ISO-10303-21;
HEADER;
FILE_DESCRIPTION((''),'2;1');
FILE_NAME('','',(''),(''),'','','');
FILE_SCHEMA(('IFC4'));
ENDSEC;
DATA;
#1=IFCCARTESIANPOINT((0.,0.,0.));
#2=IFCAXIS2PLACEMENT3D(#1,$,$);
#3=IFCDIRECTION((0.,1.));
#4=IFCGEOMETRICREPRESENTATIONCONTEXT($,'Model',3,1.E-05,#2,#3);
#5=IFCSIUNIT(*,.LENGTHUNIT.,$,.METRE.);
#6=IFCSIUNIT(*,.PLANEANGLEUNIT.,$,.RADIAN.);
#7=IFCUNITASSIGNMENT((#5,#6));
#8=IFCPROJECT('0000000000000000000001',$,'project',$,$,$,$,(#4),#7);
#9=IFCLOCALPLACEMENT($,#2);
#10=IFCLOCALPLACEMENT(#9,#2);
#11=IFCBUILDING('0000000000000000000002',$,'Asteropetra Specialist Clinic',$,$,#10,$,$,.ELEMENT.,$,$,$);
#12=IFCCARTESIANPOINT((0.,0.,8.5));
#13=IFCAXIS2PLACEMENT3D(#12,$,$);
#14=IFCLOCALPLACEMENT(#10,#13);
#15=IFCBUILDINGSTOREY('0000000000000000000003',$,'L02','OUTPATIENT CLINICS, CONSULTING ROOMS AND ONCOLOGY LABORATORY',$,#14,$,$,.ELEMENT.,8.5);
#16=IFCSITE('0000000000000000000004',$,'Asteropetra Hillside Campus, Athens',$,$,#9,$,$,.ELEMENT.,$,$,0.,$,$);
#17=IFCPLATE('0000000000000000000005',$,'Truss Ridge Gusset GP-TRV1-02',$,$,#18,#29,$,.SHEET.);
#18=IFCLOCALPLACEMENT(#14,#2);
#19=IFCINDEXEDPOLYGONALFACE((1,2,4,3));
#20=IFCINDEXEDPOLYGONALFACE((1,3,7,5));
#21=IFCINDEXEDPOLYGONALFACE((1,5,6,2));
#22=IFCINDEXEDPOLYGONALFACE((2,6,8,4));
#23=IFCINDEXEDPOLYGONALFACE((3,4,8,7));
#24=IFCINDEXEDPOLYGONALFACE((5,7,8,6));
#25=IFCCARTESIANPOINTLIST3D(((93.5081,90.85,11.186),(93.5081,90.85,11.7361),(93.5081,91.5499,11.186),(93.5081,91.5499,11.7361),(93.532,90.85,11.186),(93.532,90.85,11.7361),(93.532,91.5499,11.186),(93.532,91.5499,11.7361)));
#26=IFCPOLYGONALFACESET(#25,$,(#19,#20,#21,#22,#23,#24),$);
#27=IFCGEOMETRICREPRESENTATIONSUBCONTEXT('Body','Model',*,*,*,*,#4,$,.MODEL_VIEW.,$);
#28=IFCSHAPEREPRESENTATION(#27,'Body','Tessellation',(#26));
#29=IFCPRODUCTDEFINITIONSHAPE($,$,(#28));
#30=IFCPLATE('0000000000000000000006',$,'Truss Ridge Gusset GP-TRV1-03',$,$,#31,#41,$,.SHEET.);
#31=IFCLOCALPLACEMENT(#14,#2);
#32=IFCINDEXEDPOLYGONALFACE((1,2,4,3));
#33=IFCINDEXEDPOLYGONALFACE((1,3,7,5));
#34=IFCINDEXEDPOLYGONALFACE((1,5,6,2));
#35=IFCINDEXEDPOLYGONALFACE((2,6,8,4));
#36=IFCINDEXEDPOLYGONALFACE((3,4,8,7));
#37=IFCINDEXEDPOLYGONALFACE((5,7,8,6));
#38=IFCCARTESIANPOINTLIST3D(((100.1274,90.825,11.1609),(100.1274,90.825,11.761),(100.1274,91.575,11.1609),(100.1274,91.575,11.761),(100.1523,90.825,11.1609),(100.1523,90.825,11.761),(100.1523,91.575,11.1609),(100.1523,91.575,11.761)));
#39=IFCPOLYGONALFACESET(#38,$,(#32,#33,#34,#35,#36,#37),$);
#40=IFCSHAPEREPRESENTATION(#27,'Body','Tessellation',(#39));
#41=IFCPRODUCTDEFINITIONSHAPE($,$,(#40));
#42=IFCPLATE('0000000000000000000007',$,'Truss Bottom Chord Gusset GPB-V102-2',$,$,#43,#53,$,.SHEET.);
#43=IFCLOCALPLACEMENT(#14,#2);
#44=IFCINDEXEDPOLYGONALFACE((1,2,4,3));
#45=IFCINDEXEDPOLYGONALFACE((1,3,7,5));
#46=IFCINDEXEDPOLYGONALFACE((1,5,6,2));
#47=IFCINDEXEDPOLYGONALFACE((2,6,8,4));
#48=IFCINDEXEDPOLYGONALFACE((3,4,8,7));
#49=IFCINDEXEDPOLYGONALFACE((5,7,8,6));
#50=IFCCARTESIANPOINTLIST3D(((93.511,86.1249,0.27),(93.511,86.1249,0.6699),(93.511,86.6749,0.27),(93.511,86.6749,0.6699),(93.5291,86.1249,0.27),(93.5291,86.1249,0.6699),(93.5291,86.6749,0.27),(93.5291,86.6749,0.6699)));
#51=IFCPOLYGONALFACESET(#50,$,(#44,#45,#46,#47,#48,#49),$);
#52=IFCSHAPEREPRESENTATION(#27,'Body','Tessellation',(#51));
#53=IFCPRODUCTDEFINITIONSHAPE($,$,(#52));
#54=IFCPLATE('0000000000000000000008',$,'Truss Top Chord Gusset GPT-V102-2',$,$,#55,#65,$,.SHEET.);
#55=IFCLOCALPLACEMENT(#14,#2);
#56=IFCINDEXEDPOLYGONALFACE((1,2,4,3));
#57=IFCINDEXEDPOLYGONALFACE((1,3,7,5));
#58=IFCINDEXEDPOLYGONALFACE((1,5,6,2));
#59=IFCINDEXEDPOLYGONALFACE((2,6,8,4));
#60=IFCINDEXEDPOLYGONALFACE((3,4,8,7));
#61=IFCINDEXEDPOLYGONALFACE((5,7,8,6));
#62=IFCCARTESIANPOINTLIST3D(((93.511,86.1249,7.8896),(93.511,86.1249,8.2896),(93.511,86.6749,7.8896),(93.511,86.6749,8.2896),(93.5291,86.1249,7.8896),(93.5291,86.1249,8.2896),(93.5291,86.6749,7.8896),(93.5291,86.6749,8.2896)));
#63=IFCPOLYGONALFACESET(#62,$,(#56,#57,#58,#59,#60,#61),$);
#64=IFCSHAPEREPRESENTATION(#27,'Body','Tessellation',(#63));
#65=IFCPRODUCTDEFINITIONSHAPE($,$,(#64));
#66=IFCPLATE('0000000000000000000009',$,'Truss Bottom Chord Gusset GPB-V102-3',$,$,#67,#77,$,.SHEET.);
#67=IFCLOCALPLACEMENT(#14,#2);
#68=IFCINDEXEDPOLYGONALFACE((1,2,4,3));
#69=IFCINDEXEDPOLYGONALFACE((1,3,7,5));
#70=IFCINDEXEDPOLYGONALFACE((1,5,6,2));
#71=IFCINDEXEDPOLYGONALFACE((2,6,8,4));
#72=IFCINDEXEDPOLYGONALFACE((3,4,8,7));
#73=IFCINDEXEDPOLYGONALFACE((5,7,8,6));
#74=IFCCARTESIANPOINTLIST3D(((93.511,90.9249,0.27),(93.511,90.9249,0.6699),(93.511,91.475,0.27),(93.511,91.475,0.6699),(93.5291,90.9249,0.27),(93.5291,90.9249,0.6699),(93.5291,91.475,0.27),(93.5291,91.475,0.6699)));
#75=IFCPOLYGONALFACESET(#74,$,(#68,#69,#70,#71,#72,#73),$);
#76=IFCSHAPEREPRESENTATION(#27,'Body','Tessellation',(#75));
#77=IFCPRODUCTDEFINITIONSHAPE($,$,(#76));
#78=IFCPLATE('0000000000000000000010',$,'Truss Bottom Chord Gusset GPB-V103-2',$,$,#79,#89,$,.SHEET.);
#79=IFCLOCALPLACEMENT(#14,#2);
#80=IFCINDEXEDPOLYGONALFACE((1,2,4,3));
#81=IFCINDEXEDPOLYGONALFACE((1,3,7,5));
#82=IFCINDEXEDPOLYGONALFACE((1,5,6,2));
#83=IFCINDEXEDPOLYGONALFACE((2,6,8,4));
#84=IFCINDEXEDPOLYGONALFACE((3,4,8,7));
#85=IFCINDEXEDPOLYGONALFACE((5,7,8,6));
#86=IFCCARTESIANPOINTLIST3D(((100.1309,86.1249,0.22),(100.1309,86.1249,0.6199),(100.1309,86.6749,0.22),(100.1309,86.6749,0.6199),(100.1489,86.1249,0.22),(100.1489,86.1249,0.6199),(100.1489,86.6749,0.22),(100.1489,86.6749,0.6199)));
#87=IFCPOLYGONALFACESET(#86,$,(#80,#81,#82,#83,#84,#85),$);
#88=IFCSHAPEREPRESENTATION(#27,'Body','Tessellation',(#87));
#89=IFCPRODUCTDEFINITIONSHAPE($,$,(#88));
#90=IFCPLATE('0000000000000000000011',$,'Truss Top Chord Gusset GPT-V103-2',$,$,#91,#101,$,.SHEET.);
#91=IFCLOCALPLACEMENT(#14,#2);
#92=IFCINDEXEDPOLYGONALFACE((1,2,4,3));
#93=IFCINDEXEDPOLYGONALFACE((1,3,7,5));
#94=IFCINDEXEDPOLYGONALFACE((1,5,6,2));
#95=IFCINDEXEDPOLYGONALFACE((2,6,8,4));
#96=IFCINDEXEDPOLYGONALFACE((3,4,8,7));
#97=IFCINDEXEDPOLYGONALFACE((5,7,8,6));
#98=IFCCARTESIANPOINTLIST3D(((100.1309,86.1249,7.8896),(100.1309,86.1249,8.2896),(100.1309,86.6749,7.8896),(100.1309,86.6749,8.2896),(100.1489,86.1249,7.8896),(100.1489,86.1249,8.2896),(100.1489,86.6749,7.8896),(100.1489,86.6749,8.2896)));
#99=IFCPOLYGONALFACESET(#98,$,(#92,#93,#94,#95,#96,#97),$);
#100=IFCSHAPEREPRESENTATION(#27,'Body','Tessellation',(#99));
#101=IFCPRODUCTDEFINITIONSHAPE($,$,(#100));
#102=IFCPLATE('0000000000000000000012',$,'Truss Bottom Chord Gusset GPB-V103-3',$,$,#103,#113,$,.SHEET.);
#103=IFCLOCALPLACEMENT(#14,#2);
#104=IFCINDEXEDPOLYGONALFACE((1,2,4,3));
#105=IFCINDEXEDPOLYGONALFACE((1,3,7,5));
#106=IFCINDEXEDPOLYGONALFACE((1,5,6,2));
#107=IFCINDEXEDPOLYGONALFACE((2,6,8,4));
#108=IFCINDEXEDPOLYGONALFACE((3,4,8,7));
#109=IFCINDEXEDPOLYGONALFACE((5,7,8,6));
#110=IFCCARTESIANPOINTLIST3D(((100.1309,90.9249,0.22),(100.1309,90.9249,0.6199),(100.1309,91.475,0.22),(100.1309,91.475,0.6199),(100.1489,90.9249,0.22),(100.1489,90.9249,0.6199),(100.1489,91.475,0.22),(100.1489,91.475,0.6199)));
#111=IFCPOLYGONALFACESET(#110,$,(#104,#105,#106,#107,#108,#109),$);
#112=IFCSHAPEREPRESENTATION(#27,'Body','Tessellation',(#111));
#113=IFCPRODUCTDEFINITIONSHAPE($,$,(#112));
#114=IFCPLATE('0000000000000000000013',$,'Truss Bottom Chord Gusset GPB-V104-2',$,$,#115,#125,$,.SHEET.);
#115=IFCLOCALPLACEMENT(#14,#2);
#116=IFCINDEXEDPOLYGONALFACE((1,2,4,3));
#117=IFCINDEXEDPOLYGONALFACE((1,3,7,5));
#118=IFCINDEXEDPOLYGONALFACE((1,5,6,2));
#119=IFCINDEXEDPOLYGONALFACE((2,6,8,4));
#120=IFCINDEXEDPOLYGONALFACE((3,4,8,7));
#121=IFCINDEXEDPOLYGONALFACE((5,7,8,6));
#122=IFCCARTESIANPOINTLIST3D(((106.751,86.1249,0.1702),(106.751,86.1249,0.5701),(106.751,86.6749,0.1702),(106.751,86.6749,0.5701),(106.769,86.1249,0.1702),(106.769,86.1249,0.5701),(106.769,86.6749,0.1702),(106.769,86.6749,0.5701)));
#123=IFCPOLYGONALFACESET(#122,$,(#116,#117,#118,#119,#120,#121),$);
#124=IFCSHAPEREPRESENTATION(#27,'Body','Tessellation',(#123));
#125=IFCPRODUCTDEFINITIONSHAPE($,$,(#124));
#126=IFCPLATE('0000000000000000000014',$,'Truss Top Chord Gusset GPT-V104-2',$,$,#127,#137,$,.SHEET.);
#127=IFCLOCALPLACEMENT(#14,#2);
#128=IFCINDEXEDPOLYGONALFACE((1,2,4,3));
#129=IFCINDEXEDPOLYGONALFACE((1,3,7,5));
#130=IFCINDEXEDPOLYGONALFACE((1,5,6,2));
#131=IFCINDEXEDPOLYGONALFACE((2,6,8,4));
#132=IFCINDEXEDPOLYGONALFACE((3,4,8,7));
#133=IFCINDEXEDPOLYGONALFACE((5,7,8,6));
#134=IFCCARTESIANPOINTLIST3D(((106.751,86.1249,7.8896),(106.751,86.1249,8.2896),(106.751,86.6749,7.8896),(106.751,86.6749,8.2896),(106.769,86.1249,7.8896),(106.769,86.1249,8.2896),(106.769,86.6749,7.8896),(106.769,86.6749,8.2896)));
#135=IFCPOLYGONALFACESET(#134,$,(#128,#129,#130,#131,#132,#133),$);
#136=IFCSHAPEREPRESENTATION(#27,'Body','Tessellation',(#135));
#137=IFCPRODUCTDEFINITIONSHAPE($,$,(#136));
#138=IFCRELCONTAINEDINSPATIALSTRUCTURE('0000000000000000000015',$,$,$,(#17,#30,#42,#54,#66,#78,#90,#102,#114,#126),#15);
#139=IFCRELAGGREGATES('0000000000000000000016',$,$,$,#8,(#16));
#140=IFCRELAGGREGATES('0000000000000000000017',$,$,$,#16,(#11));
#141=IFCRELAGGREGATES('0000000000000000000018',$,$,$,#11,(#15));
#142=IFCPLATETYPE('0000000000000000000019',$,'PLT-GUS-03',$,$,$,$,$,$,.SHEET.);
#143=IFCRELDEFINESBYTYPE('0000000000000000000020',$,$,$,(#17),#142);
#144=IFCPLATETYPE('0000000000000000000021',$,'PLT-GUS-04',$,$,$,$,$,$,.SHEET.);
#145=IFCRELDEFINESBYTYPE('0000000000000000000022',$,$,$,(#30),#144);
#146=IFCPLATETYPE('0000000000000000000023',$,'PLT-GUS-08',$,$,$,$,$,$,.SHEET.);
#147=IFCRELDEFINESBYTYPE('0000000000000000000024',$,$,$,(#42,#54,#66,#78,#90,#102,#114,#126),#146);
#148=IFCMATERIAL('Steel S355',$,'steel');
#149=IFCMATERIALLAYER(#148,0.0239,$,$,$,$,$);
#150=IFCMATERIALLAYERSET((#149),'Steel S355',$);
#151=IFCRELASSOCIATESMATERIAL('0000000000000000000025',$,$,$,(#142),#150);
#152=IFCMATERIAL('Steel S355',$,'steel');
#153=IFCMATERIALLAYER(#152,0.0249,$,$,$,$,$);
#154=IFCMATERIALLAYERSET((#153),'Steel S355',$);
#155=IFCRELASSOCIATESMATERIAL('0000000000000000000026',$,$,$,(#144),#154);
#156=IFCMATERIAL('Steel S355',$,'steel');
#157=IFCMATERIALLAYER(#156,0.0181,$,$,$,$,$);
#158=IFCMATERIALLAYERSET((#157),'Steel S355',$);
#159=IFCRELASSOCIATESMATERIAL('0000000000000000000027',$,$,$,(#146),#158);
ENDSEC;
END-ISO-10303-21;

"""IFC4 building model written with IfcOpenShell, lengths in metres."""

from ifc_helpers import new_model, si_unit, direction, frame, origin, origin_2d, place, context, subcontext, project, spatial, rectangle, extrude, material, layer, layer_set, type_object, element, save


model = new_model("IFC4")

# Units and contexts
model_context = context("Model", 3, precision=1e-05, world=origin(), true_north=direction((0.0, 1.0)))
body_context = subcontext(model_context, "Body", "Model", "MODEL_VIEW")
ifc_project = project(units=[si_unit("LENGTHUNIT", "METRE"), si_unit("PLANEANGLEUNIT", "RADIAN")], contexts=[model_context])

# Site, building, storey
site_placement = place(None, origin())
site = spatial("IfcSite", under=ifc_project, at=site_placement, Name="Asteropetra Hillside Campus, Athens", CompositionType="ELEMENT", RefElevation=0.0)
building_placement = place(site_placement, origin())
building = spatial("IfcBuilding", under=site, at=building_placement, Name="Asteropetra Specialist Clinic", CompositionType="ELEMENT")
storey_placement = place(building_placement, frame((0.0, 0.0, 8.5)))
storey = spatial("IfcBuildingStorey", under=building, at=storey_placement, Name="L02", Description="OUTPATIENT CLINICS, CONSULTING ROOMS AND ONCOLOGY LABORATORY", CompositionType="ELEMENT", Elevation=8.5)

# Plates
ifc_material_1 = material(Name="Steel S355", Category="steel")
ifc_layer_1 = layer(ifc_material_1, 0.0239)
ifc_layer_set_1 = layer_set([ifc_layer_1], Name="Steel S355")
plate_type_1 = type_object("IfcPlateType", Name="PLT-GUS-03", PredefinedType="SHEET", material=ifc_layer_set_1)
plate_1_placement = place(storey_placement, frame((93.52, 91.2, 11.186), z_axis=(0.0, 0.0, 1.0), x_axis=(1.0, 0.0, 0.0)))
element("IfcPlate", 1, at=plate_1_placement, inside=storey, type_object=plate_type_1, Name="Truss Ridge Gusset GP-TRV1-02", PredefinedType="SHEET", context=body_context, shape_type="SweptSolid", body=[
    extrude(rectangle(XDim=0.0239, YDim=0.7, at=origin_2d()), origin(), (0.0, 0.0, 1.0), 0.55),
])
ifc_material_2 = material(Name="Steel S355", Category="steel")
ifc_layer_2 = layer(ifc_material_2, 0.0249)
ifc_layer_set_2 = layer_set([ifc_layer_2], Name="Steel S355")
plate_type_2 = type_object("IfcPlateType", Name="PLT-GUS-04", PredefinedType="SHEET", material=ifc_layer_set_2)
plate_2_placement = place(storey_placement, frame((100.1399, 91.2, 11.1609), z_axis=(0.0, 0.0, 1.0), x_axis=(1.0, 0.0, 0.0)))
element("IfcPlate", 2, at=plate_2_placement, inside=storey, type_object=plate_type_2, Name="Truss Ridge Gusset GP-TRV1-03", PredefinedType="SHEET", context=body_context, shape_type="SweptSolid", body=[
    extrude(rectangle(XDim=0.0249, YDim=0.75, at=origin_2d()), origin(), (0.0, 0.0, 1.0), 0.6001),
])
ifc_material_3 = material(Name="Steel S355", Category="steel")
ifc_layer_3 = layer(ifc_material_3, 0.0181)
ifc_layer_set_3 = layer_set([ifc_layer_3], Name="Steel S355")
plate_type_3 = type_object("IfcPlateType", Name="PLT-GUS-08", PredefinedType="SHEET", material=ifc_layer_set_3)
for number, where, z_axis, x_axis, name in (
    (3, (93.52, 86.3999, 0.27), (0.0, 0.0, 1.0), (1.0, 0.0, 0.0), "Truss Bottom Chord Gusset GPB-V102-2"),
    (4, (93.52, 86.3999, 7.8896), (0.0, 0.0, 1.0), (1.0, 0.0, 0.0), "Truss Top Chord Gusset GPT-V102-2"),
    (5, (93.52, 91.2, 0.27), (0.0, 0.0, 1.0), (1.0, 0.0, 0.0), "Truss Bottom Chord Gusset GPB-V102-3"),
    (6, (100.1399, 86.3999, 0.22), (0.0, 0.0, 1.0), (1.0, 0.0, 0.0), "Truss Bottom Chord Gusset GPB-V103-2"),
    (7, (100.1399, 86.3999, 7.8896), (0.0, 0.0, 1.0), (1.0, 0.0, 0.0), "Truss Top Chord Gusset GPT-V103-2"),
    (8, (100.1399, 91.2, 0.22), (0.0, 0.0, 1.0), (1.0, 0.0, 0.0), "Truss Bottom Chord Gusset GPB-V103-3"),
    (9, (106.76, 86.3999, 0.1702), (0.0, 0.0, 1.0), (1.0, 0.0, 0.0), "Truss Bottom Chord Gusset GPB-V104-2"),
    (10, (106.76, 86.3999, 7.8896), (0.0, 0.0, 1.0), (1.0, 0.0, 0.0), "Truss Top Chord Gusset GPT-V104-2"),
):
    element("IfcPlate", number, at=place(storey_placement, frame(where, z_axis=z_axis, x_axis=x_axis)), inside=storey, type_object=plate_type_3, Name=name, PredefinedType="SHEET", context=body_context, shape_type="SweptSolid", body=[
        extrude(rectangle(XDim=0.0181, YDim=0.55, at=origin_2d()), origin(), (0.0, 0.0, 1.0), 0.3999),
    ])

save(model, "model.ifc")
